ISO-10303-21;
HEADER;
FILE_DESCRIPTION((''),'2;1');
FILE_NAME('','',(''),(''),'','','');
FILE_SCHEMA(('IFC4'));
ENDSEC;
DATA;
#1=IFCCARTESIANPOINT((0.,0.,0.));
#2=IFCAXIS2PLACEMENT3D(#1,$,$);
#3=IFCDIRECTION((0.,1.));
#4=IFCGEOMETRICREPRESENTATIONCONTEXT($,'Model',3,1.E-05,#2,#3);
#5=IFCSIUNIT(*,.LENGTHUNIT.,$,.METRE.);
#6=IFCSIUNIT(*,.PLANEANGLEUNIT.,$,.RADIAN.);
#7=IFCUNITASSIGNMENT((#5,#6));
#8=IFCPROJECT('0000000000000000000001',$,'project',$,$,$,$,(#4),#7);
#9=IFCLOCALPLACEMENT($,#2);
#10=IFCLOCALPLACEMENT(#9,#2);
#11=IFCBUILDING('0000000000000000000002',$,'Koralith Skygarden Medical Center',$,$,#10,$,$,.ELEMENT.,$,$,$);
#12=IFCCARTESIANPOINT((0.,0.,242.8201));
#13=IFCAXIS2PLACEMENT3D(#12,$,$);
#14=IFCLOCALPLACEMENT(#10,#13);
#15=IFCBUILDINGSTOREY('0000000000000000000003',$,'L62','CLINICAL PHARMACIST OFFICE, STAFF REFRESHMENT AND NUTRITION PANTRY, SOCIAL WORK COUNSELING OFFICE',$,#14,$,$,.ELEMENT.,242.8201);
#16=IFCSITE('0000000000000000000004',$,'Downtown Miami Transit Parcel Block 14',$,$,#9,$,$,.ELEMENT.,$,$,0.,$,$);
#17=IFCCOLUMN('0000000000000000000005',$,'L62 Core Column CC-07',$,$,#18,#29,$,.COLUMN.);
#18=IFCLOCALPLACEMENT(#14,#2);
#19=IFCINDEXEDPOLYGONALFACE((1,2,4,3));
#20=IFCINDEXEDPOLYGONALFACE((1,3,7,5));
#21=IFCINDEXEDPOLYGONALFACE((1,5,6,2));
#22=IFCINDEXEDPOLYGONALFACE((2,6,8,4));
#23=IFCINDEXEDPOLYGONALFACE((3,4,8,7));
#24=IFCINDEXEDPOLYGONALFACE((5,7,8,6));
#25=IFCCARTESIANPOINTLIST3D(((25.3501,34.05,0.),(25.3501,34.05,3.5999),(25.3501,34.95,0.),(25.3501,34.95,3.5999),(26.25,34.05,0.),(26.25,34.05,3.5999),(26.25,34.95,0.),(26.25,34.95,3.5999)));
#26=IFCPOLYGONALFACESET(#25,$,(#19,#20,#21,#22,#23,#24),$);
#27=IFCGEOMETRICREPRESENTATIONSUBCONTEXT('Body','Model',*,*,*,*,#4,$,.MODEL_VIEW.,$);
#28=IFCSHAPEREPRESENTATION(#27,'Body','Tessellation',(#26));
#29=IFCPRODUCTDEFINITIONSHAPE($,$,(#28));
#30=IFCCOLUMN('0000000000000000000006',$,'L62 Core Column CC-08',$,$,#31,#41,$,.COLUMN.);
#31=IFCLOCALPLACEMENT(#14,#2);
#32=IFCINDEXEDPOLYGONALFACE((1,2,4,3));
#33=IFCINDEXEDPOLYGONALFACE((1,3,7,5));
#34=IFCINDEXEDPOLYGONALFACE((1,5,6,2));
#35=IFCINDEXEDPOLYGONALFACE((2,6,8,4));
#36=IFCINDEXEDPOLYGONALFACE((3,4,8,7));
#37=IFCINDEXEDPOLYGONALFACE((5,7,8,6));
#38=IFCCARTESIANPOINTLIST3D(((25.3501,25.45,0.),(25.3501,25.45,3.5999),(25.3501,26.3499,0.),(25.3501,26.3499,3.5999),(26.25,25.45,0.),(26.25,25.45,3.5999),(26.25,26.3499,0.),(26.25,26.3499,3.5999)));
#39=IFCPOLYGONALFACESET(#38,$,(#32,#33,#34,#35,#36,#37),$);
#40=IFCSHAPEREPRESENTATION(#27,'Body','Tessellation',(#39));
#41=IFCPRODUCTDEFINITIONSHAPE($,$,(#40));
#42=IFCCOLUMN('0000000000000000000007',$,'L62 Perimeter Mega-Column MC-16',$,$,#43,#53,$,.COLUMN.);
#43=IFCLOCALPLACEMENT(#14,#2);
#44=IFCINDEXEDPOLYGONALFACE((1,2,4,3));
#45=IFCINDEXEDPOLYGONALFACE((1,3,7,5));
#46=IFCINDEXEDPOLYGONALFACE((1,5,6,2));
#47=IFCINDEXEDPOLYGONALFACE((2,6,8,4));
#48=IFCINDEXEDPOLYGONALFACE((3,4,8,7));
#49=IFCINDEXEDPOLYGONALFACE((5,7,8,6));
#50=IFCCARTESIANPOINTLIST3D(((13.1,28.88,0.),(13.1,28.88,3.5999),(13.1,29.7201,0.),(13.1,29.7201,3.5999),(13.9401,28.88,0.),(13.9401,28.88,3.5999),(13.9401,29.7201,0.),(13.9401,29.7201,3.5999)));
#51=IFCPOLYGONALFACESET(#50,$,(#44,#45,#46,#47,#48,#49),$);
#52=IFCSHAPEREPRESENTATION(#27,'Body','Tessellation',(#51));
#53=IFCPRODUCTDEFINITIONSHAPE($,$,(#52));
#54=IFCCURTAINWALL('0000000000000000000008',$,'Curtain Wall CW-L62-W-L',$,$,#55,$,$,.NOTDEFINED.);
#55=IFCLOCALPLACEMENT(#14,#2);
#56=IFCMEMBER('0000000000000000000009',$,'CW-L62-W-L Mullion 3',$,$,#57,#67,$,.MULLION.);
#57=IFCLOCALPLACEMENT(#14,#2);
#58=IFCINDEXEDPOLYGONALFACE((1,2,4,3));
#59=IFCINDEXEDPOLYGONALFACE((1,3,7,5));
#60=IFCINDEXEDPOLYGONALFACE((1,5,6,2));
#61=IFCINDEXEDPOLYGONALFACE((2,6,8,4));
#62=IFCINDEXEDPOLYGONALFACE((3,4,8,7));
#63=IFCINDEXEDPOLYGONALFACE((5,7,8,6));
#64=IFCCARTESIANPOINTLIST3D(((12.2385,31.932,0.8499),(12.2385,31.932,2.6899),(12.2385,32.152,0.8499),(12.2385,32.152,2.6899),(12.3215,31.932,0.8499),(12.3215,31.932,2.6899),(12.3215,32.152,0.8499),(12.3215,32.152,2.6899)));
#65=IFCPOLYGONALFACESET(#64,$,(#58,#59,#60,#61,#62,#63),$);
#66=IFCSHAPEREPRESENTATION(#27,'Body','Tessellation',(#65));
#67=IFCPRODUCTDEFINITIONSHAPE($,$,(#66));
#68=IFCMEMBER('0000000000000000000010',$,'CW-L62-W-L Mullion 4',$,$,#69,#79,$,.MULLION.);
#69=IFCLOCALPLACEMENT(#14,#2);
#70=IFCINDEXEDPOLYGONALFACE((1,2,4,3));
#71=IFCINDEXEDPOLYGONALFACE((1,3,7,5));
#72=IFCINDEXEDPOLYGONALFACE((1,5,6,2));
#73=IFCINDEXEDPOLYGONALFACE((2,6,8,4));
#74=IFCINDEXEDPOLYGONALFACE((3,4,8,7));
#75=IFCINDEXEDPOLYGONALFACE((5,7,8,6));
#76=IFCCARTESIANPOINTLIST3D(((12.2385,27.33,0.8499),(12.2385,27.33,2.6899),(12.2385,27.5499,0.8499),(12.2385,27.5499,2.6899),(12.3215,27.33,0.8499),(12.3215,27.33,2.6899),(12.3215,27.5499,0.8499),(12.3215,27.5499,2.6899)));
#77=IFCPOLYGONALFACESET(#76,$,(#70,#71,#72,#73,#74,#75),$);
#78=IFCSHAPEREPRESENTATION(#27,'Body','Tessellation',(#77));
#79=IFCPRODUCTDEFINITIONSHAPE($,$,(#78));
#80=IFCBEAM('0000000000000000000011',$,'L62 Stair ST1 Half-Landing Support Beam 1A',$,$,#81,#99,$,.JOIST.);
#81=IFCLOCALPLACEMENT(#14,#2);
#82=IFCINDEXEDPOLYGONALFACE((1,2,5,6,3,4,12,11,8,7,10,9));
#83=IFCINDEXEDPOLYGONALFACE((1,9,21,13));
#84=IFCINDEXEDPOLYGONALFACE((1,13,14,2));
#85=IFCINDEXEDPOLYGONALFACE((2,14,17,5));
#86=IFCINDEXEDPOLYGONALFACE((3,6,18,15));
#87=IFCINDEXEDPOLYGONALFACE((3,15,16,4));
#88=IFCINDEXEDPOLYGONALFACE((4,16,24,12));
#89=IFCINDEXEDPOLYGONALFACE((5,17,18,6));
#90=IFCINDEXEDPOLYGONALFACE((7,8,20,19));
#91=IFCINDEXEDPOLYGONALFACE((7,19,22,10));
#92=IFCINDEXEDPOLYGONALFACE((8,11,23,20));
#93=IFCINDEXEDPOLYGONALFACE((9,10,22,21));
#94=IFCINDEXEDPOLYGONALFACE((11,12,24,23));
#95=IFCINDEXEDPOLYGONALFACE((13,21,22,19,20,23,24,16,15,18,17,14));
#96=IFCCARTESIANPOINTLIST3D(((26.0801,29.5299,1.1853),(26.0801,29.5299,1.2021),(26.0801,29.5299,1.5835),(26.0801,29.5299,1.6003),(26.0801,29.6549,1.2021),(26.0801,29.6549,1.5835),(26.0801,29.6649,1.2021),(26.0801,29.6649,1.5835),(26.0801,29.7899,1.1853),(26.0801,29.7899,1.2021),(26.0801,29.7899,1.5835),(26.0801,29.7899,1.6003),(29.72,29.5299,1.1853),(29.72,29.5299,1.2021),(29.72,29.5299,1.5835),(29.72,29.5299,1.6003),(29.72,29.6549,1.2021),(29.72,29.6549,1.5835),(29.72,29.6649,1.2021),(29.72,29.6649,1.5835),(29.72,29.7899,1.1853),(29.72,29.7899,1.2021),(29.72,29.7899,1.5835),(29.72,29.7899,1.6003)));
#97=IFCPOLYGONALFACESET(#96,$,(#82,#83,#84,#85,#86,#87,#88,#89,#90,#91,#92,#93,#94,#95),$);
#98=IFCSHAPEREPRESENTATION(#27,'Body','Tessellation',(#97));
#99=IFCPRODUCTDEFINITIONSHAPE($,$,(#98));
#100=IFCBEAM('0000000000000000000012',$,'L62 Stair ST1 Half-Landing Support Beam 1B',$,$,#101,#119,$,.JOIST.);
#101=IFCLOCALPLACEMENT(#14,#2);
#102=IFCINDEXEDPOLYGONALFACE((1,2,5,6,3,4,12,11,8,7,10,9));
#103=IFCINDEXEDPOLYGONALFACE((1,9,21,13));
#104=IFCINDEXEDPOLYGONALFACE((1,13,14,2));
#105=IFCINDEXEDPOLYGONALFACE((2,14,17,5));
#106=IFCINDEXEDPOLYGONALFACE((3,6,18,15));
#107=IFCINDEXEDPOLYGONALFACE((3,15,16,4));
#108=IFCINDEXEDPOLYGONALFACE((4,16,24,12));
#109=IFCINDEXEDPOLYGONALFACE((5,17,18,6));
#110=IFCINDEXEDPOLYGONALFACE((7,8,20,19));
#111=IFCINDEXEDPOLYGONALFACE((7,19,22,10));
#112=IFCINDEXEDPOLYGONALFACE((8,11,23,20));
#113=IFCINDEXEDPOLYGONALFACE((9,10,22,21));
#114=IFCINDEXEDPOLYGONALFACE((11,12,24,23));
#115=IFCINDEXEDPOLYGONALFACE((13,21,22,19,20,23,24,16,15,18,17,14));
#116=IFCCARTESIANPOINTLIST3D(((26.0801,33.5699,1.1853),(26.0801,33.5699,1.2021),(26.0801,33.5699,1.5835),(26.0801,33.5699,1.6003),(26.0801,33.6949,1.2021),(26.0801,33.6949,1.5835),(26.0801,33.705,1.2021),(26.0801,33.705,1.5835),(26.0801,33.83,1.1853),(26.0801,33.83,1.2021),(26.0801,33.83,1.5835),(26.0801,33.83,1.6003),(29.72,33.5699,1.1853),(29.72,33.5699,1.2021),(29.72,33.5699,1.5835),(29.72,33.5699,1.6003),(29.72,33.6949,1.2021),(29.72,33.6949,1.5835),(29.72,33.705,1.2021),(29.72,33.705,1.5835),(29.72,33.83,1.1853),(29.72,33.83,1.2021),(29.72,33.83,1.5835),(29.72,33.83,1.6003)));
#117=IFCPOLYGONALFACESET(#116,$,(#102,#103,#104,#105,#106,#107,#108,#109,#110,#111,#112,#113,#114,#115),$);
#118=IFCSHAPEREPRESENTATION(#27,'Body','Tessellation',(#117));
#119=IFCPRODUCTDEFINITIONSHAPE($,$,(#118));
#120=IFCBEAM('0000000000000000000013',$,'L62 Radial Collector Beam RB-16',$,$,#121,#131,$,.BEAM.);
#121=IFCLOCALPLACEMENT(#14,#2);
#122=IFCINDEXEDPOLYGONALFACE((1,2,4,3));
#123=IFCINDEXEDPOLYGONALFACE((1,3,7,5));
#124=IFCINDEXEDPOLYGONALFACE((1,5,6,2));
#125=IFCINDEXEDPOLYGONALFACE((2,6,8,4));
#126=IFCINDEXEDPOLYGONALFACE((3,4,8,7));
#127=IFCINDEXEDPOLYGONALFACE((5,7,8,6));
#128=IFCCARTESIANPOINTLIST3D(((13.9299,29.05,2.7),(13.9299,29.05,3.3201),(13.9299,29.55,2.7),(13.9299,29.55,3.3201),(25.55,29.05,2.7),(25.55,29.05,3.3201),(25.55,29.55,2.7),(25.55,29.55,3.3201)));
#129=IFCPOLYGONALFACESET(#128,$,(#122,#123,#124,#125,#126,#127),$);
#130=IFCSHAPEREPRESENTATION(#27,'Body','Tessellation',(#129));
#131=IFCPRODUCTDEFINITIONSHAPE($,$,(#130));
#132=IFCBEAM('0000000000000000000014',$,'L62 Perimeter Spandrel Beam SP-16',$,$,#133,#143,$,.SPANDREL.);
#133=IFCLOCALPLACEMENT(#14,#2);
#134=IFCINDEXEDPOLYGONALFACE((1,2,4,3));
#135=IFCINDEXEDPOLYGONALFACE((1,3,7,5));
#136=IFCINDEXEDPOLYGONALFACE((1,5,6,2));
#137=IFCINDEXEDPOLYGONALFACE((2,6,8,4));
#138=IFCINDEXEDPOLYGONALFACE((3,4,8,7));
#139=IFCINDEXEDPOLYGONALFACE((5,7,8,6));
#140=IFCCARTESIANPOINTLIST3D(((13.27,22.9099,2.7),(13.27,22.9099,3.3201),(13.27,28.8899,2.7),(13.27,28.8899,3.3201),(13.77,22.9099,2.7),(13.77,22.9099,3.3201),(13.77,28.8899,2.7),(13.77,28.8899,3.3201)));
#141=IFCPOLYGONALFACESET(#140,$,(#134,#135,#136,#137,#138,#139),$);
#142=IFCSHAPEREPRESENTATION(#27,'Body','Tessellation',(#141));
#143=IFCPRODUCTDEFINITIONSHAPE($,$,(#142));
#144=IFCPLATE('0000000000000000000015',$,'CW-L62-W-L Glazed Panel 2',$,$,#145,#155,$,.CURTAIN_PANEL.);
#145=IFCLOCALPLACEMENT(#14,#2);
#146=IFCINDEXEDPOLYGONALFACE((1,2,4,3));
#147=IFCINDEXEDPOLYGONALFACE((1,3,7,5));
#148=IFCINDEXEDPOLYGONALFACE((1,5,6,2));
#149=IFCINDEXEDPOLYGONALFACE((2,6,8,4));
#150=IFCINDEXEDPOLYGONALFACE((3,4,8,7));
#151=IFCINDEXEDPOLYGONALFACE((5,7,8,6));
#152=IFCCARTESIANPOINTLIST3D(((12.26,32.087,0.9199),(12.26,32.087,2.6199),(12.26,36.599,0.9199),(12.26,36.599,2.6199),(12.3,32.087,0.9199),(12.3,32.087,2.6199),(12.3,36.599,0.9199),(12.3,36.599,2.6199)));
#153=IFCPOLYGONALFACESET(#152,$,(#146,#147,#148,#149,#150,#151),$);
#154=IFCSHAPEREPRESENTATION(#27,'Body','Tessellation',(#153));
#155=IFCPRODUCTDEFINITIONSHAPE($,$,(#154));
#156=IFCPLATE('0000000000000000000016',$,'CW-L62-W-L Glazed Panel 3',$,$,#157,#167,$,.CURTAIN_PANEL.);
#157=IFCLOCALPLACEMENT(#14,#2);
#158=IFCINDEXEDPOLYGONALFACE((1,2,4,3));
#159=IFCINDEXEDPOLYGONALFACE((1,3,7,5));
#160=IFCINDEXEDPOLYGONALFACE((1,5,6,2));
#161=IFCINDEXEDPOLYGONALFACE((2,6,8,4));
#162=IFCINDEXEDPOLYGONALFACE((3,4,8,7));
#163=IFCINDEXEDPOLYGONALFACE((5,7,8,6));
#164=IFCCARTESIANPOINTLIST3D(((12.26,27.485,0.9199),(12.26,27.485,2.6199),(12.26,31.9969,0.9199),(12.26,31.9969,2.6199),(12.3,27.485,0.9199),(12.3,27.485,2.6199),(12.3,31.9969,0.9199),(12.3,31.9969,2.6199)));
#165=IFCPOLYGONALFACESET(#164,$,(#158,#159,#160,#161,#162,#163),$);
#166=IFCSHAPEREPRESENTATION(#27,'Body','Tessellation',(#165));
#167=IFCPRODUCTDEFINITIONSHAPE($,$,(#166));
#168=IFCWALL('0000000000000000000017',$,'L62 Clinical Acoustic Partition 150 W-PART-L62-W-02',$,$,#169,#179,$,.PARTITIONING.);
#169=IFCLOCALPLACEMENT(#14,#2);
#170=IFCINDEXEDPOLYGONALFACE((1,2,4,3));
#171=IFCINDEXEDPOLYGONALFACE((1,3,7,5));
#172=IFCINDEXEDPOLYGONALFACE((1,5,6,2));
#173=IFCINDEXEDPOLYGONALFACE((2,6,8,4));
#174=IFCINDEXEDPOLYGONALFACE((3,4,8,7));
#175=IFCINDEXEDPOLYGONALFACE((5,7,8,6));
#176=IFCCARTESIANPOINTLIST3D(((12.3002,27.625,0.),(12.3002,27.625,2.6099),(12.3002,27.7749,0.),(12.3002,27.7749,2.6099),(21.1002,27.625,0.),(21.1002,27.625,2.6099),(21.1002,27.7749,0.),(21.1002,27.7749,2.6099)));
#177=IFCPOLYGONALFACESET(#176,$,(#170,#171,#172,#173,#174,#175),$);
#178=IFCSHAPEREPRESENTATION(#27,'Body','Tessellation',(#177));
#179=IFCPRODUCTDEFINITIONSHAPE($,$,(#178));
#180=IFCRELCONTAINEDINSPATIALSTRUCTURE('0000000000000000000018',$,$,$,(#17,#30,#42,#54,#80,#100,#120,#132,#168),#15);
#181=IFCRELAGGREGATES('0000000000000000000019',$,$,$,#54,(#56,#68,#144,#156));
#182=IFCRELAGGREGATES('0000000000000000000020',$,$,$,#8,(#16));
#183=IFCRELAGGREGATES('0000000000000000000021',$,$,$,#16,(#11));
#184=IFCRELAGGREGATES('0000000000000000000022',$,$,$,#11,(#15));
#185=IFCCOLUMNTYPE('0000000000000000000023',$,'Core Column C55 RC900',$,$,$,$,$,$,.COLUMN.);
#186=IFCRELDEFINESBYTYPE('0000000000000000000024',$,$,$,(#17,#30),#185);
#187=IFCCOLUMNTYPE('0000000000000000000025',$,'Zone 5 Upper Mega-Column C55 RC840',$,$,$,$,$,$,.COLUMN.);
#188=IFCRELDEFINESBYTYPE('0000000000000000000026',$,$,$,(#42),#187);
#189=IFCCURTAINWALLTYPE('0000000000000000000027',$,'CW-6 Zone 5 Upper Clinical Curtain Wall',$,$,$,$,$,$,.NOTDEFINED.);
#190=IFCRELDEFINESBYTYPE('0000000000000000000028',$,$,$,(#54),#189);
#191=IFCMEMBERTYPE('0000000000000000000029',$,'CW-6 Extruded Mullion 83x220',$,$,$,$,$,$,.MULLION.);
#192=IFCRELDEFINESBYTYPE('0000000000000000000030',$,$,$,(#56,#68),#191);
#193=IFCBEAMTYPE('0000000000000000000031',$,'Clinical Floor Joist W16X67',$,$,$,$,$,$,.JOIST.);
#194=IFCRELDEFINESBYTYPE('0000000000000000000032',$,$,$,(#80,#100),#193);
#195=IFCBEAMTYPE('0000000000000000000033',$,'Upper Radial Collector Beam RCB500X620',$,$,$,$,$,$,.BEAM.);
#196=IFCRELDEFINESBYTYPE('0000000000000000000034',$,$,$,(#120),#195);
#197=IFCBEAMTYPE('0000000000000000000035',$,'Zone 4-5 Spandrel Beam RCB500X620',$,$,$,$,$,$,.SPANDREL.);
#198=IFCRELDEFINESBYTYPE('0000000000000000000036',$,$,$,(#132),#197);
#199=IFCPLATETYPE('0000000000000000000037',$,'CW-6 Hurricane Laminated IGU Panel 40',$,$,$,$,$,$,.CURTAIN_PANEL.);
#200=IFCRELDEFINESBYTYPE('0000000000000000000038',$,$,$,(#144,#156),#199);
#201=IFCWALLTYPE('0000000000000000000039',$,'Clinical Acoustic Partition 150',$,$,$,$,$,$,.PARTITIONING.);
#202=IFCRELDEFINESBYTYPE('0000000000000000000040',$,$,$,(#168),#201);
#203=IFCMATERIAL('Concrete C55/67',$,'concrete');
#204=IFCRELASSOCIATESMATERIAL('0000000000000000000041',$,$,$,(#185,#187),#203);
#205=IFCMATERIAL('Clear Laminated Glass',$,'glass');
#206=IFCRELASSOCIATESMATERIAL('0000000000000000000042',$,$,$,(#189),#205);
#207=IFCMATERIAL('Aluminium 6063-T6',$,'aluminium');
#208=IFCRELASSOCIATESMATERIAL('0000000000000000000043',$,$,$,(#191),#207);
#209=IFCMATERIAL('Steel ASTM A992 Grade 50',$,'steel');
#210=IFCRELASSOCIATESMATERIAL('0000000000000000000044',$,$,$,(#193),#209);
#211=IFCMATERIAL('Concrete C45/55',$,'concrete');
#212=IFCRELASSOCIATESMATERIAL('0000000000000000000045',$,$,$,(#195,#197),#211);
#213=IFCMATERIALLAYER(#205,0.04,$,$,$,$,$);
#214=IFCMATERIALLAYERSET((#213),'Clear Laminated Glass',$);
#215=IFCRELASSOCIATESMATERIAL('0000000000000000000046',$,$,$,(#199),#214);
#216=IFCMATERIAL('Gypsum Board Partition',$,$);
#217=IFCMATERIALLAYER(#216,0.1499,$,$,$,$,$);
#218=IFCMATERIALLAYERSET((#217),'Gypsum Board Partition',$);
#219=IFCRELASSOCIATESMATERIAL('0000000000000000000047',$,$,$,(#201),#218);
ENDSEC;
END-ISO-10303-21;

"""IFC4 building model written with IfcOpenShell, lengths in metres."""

from ifc_helpers import new_model, si_unit, direction, frame, frame_2d, origin, origin_2d, place, context, subcontext, project, spatial, rectangle, i_section, extrude, material, layer, layer_set, material_profile, profile_set, type_object, element, aggregate, save


model = new_model("IFC4")

# Units and contexts
model_context = context("Model", 3, precision=1e-05, world=origin(), true_north=direction((0.0, 1.0)))
body_context = subcontext(model_context, "Body", "Model", "MODEL_VIEW")
ifc_project = project(units=[si_unit("LENGTHUNIT", "METRE"), si_unit("PLANEANGLEUNIT", "RADIAN")], contexts=[model_context])

# Site, building, storey
site_placement = place(None, origin())
site = spatial("IfcSite", under=ifc_project, at=site_placement, Name="Downtown Miami Transit Parcel Block 14", CompositionType="ELEMENT", RefElevation=0.0)
building_placement = place(site_placement, origin())
building = spatial("IfcBuilding", under=site, at=building_placement, Name="Koralith Skygarden Medical Center", CompositionType="ELEMENT")
storey_placement = place(building_placement, frame((0.0, 0.0, 242.8201)))
storey = spatial("IfcBuildingStorey", under=building, at=storey_placement, Name="L62", Description="CLINICAL PHARMACIST OFFICE, STAFF REFRESHMENT AND NUTRITION PANTRY, SOCIAL WORK COUNSELING OFFICE", CompositionType="ELEMENT", Elevation=242.8201)

# Columns
ifc_material_1 = material(Name="Concrete C55/67", Category="concrete")
ifc_material_profile_1 = material_profile(ifc_material_1, rectangle(XDim=0.8999, YDim=0.8999, at=origin_2d()), Name="RC900X900")
ifc_profile_set_1 = profile_set([ifc_material_profile_1], Name="Concrete C55/67")
column_type_1 = type_object("IfcColumnType", Name="Core Column C55 RC900", PredefinedType="COLUMN", material=ifc_profile_set_1)
for number, where, z_axis, x_axis, name in (
    (1, (25.8, 34.5, 0.0), (0.0, 0.0, 1.0), (1.0, 0.0, 0.0), "L62 Core Column CC-07"),
    (2, (25.8, 25.8999, 0.0), (0.0, 0.0, 1.0), (1.0, 0.0, 0.0), "L62 Core Column CC-08"),
):
    element("IfcColumn", number, at=place(storey_placement, frame(where, z_axis=z_axis, x_axis=x_axis)), inside=storey, type_object=column_type_1, Name=name, PredefinedType="COLUMN", context=body_context, shape_type="SweptSolid", body=[
        extrude(rectangle(XDim=0.8999, YDim=0.8999, at=origin_2d()), origin(), (0.0, 0.0, 1.0), 3.5999),
    ])
ifc_material_profile_2 = material_profile(ifc_material_1, rectangle(XDim=0.8401, YDim=0.8401, at=origin_2d()), Name="RC840X840")
ifc_profile_set_2 = profile_set([ifc_material_profile_2], Name="Concrete C55/67")
column_type_2 = type_object("IfcColumnType", Name="Zone 5 Upper Mega-Column C55 RC840", PredefinedType="COLUMN", material=ifc_profile_set_2)
column_placement = place(storey_placement, frame((13.52, 29.3, 0.0), z_axis=(0.0, 0.0, 1.0), x_axis=(1.0, 0.0, 0.0)))
element("IfcColumn", 3, at=column_placement, inside=storey, type_object=column_type_2, Name="L62 Perimeter Mega-Column MC-16", PredefinedType="COLUMN", context=body_context, shape_type="SweptSolid", body=[
    extrude(rectangle(XDim=0.8401, YDim=0.8401, at=origin_2d()), origin(), (0.0, 0.0, 1.0), 3.5999),
])

# Curtain wall, members
ifc_material_2 = material(Name="Clear Laminated Glass", Category="glass")
curtain_wall_type = type_object("IfcCurtainWallType", Name="CW-6 Zone 5 Upper Clinical Curtain Wall", PredefinedType="NOTDEFINED", material=ifc_material_2)
curtain_wall_placement = place(storey_placement, origin())
curtain_wall = element("IfcCurtainWall", 4, at=curtain_wall_placement, inside=storey, type_object=curtain_wall_type, Name="Curtain Wall CW-L62-W-L", PredefinedType="NOTDEFINED")
ifc_material_3 = material(Name="Aluminium 6063-T6", Category="aluminium")
ifc_material_profile_3 = material_profile(ifc_material_3, rectangle(XDim=0.083, YDim=0.22, at=origin_2d()), Name="MUL83X220")
ifc_profile_set_3 = profile_set([ifc_material_profile_3], Name="Aluminium 6063-T6")
member_type = type_object("IfcMemberType", Name="CW-6 Extruded Mullion 83x220", PredefinedType="MULLION", material=ifc_profile_set_3)
member_1_placement = place(storey_placement, frame((12.28, 32.042, 0.8499), z_axis=(0.0, 0.0, 1.0), x_axis=(1.0, 0.0, 0.0)))
member_1 = element("IfcMember", 5, at=member_1_placement, type_object=member_type, Name="CW-L62-W-L Mullion 3", PredefinedType="MULLION", context=body_context, shape_type="SweptSolid", body=[
    extrude(rectangle(XDim=0.083, YDim=0.22, at=origin_2d()), origin(), (0.0, 0.0, 1.0), 1.8401),
])
member_2_placement = place(storey_placement, frame((12.28, 27.4399, 0.8499), z_axis=(0.0, 0.0, 1.0), x_axis=(1.0, 0.0, 0.0)))
member_2 = element("IfcMember", 6, at=member_2_placement, type_object=member_type, Name="CW-L62-W-L Mullion 4", PredefinedType="MULLION", context=body_context, shape_type="SweptSolid", body=[
    extrude(rectangle(XDim=0.083, YDim=0.22, at=origin_2d()), origin(), (0.0, 0.0, 1.0), 1.8401),
])

# Beams
ifc_material_4 = material(Name="Steel ASTM A992 Grade 50", Category="steel")
ifc_material_profile_4 = material_profile(ifc_material_4, i_section(OverallWidth=0.26, OverallDepth=0.415, WebThickness=0.01, FlangeThickness=0.0168, at=origin_2d()), Name="W16X67")
ifc_profile_set_4 = profile_set([ifc_material_profile_4], Name="Steel ASTM A992 Grade 50")
beam_type_1 = type_object("IfcBeamType", Name="Clinical Floor Joist W16X67", PredefinedType="JOIST", material=ifc_profile_set_4)
for number, where, z_axis, x_axis, name in (
    (7, (26.0801, 29.6599, 1.3928), (1.0, 0.0, 0.0), (0.0, 1.0, 0.0), "L62 Stair ST1 Half-Landing Support Beam 1A"),
    (8, (26.0801, 33.7, 1.3928), (1.0, 0.0, 0.0), (0.0, 1.0, 0.0), "L62 Stair ST1 Half-Landing Support Beam 1B"),
):
    element("IfcBeam", number, at=place(storey_placement, frame(where, z_axis=z_axis, x_axis=x_axis)), inside=storey, type_object=beam_type_1, Name=name, PredefinedType="JOIST", context=body_context, shape_type="SweptSolid", body=[
        extrude(i_section(OverallWidth=0.26, OverallDepth=0.415, WebThickness=0.01, FlangeThickness=0.0168, at=origin_2d()), origin(), (0.0, 0.0, 1.0), 3.6399),
    ])
ifc_material_5 = material(Name="Concrete C45/55", Category="concrete")
ifc_material_profile_5 = material_profile(ifc_material_5, rectangle(XDim=0.5, YDim=0.6201, at=origin_2d()), Name="RCB500X620")
ifc_profile_set_5 = profile_set([ifc_material_profile_5], Name="Concrete C45/55")
beam_type_2 = type_object("IfcBeamType", Name="Upper Radial Collector Beam RCB500X620", PredefinedType="BEAM", material=ifc_profile_set_5)
beam_1_placement = place(storey_placement, frame((25.55, 29.3, 3.01), z_axis=(-1.0, 0.0, 0.0), x_axis=(0.0, -1.0, 0.0)))
element("IfcBeam", 9, at=beam_1_placement, inside=storey, type_object=beam_type_2, Name="L62 Radial Collector Beam RB-16", PredefinedType="BEAM", context=body_context, shape_type="SweptSolid", body=[
    extrude(rectangle(XDim=0.5, YDim=0.6201, at=origin_2d()), origin(), (0.0, 0.0, 1.0), 11.6201),
])
ifc_material_profile_6 = material_profile(ifc_material_5, rectangle(XDim=0.5, YDim=0.6201, at=origin_2d()), Name="RCB500X620")
ifc_profile_set_6 = profile_set([ifc_material_profile_6], Name="Concrete C45/55")
beam_type_3 = type_object("IfcBeamType", Name="Zone 4-5 Spandrel Beam RCB500X620", PredefinedType="SPANDREL", material=ifc_profile_set_6)
beam_2_placement = place(storey_placement, frame((13.52, 28.8899, 3.01), z_axis=(0.0, -1.0, 0.0), x_axis=(1.0, 0.0, 0.0)))
element("IfcBeam", 10, at=beam_2_placement, inside=storey, type_object=beam_type_3, Name="L62 Perimeter Spandrel Beam SP-16", PredefinedType="SPANDREL", context=body_context, shape_type="SweptSolid", body=[
    extrude(rectangle(XDim=0.5, YDim=0.6201, at=origin_2d()), origin(), (0.0, 0.0, 1.0), 5.98),
])

# Plates
ifc_layer_1 = layer(ifc_material_2, 0.04)
ifc_layer_set_1 = layer_set([ifc_layer_1], Name="Clear Laminated Glass")
plate_type = type_object("IfcPlateType", Name="CW-6 Hurricane Laminated IGU Panel 40", PredefinedType="CURTAIN_PANEL", material=ifc_layer_set_1)
plate_1_placement = place(storey_placement, frame((12.28, 34.343, 0.9199), z_axis=(0.0, 0.0, 1.0), x_axis=(0.0, -1.0, 0.0)))
plate_1 = element("IfcPlate", 11, at=plate_1_placement, type_object=plate_type, Name="CW-L62-W-L Glazed Panel 2", PredefinedType="CURTAIN_PANEL", context=body_context, shape_type="SweptSolid", body=[
    extrude(rectangle(XDim=4.512, YDim=0.04, at=origin_2d()), origin(), (0.0, 0.0, 1.0), 1.7),
])
plate_2_placement = place(storey_placement, frame((12.28, 29.741, 0.9199), z_axis=(0.0, 0.0, 1.0), x_axis=(0.0, -1.0, 0.0)))
plate_2 = element("IfcPlate", 12, at=plate_2_placement, type_object=plate_type, Name="CW-L62-W-L Glazed Panel 3", PredefinedType="CURTAIN_PANEL", context=body_context, shape_type="SweptSolid", body=[
    extrude(rectangle(XDim=4.512, YDim=0.04, at=origin_2d()), origin(), (0.0, 0.0, 1.0), 1.7),
])
aggregate(curtain_wall, [member_1, member_2, plate_1, plate_2])

# Wall
ifc_material_6 = material(Name="Gypsum Board Partition")
ifc_layer_2 = layer(ifc_material_6, 0.1499)
ifc_layer_set_2 = layer_set([ifc_layer_2], Name="Gypsum Board Partition")
wall_type_1 = type_object("IfcWallType", Name="Clinical Acoustic Partition 150", PredefinedType="PARTITIONING", material=ifc_layer_set_2)
for number, where, z_axis, x_axis, name in (
    (13, (21.1001, 27.7, 0.0), (0.0, 0.0, 1.0), (-1.0, 0.0, 0.0), "L62 Clinical Acoustic Partition 150 W-PART-L62-W-02"),
):
    element("IfcWall", number, at=place(storey_placement, frame(where, z_axis=z_axis, x_axis=x_axis)), inside=storey, type_object=wall_type_1, Name=name, PredefinedType="PARTITIONING", context=body_context, shape_type="SweptSolid", body=[
        extrude(rectangle(XDim=8.8, YDim=0.1499, at=frame_2d((4.3999, 0.0))), origin(), (0.0, 0.0, 1.0), 2.6099),
    ])

save(model, "model.ifc")
